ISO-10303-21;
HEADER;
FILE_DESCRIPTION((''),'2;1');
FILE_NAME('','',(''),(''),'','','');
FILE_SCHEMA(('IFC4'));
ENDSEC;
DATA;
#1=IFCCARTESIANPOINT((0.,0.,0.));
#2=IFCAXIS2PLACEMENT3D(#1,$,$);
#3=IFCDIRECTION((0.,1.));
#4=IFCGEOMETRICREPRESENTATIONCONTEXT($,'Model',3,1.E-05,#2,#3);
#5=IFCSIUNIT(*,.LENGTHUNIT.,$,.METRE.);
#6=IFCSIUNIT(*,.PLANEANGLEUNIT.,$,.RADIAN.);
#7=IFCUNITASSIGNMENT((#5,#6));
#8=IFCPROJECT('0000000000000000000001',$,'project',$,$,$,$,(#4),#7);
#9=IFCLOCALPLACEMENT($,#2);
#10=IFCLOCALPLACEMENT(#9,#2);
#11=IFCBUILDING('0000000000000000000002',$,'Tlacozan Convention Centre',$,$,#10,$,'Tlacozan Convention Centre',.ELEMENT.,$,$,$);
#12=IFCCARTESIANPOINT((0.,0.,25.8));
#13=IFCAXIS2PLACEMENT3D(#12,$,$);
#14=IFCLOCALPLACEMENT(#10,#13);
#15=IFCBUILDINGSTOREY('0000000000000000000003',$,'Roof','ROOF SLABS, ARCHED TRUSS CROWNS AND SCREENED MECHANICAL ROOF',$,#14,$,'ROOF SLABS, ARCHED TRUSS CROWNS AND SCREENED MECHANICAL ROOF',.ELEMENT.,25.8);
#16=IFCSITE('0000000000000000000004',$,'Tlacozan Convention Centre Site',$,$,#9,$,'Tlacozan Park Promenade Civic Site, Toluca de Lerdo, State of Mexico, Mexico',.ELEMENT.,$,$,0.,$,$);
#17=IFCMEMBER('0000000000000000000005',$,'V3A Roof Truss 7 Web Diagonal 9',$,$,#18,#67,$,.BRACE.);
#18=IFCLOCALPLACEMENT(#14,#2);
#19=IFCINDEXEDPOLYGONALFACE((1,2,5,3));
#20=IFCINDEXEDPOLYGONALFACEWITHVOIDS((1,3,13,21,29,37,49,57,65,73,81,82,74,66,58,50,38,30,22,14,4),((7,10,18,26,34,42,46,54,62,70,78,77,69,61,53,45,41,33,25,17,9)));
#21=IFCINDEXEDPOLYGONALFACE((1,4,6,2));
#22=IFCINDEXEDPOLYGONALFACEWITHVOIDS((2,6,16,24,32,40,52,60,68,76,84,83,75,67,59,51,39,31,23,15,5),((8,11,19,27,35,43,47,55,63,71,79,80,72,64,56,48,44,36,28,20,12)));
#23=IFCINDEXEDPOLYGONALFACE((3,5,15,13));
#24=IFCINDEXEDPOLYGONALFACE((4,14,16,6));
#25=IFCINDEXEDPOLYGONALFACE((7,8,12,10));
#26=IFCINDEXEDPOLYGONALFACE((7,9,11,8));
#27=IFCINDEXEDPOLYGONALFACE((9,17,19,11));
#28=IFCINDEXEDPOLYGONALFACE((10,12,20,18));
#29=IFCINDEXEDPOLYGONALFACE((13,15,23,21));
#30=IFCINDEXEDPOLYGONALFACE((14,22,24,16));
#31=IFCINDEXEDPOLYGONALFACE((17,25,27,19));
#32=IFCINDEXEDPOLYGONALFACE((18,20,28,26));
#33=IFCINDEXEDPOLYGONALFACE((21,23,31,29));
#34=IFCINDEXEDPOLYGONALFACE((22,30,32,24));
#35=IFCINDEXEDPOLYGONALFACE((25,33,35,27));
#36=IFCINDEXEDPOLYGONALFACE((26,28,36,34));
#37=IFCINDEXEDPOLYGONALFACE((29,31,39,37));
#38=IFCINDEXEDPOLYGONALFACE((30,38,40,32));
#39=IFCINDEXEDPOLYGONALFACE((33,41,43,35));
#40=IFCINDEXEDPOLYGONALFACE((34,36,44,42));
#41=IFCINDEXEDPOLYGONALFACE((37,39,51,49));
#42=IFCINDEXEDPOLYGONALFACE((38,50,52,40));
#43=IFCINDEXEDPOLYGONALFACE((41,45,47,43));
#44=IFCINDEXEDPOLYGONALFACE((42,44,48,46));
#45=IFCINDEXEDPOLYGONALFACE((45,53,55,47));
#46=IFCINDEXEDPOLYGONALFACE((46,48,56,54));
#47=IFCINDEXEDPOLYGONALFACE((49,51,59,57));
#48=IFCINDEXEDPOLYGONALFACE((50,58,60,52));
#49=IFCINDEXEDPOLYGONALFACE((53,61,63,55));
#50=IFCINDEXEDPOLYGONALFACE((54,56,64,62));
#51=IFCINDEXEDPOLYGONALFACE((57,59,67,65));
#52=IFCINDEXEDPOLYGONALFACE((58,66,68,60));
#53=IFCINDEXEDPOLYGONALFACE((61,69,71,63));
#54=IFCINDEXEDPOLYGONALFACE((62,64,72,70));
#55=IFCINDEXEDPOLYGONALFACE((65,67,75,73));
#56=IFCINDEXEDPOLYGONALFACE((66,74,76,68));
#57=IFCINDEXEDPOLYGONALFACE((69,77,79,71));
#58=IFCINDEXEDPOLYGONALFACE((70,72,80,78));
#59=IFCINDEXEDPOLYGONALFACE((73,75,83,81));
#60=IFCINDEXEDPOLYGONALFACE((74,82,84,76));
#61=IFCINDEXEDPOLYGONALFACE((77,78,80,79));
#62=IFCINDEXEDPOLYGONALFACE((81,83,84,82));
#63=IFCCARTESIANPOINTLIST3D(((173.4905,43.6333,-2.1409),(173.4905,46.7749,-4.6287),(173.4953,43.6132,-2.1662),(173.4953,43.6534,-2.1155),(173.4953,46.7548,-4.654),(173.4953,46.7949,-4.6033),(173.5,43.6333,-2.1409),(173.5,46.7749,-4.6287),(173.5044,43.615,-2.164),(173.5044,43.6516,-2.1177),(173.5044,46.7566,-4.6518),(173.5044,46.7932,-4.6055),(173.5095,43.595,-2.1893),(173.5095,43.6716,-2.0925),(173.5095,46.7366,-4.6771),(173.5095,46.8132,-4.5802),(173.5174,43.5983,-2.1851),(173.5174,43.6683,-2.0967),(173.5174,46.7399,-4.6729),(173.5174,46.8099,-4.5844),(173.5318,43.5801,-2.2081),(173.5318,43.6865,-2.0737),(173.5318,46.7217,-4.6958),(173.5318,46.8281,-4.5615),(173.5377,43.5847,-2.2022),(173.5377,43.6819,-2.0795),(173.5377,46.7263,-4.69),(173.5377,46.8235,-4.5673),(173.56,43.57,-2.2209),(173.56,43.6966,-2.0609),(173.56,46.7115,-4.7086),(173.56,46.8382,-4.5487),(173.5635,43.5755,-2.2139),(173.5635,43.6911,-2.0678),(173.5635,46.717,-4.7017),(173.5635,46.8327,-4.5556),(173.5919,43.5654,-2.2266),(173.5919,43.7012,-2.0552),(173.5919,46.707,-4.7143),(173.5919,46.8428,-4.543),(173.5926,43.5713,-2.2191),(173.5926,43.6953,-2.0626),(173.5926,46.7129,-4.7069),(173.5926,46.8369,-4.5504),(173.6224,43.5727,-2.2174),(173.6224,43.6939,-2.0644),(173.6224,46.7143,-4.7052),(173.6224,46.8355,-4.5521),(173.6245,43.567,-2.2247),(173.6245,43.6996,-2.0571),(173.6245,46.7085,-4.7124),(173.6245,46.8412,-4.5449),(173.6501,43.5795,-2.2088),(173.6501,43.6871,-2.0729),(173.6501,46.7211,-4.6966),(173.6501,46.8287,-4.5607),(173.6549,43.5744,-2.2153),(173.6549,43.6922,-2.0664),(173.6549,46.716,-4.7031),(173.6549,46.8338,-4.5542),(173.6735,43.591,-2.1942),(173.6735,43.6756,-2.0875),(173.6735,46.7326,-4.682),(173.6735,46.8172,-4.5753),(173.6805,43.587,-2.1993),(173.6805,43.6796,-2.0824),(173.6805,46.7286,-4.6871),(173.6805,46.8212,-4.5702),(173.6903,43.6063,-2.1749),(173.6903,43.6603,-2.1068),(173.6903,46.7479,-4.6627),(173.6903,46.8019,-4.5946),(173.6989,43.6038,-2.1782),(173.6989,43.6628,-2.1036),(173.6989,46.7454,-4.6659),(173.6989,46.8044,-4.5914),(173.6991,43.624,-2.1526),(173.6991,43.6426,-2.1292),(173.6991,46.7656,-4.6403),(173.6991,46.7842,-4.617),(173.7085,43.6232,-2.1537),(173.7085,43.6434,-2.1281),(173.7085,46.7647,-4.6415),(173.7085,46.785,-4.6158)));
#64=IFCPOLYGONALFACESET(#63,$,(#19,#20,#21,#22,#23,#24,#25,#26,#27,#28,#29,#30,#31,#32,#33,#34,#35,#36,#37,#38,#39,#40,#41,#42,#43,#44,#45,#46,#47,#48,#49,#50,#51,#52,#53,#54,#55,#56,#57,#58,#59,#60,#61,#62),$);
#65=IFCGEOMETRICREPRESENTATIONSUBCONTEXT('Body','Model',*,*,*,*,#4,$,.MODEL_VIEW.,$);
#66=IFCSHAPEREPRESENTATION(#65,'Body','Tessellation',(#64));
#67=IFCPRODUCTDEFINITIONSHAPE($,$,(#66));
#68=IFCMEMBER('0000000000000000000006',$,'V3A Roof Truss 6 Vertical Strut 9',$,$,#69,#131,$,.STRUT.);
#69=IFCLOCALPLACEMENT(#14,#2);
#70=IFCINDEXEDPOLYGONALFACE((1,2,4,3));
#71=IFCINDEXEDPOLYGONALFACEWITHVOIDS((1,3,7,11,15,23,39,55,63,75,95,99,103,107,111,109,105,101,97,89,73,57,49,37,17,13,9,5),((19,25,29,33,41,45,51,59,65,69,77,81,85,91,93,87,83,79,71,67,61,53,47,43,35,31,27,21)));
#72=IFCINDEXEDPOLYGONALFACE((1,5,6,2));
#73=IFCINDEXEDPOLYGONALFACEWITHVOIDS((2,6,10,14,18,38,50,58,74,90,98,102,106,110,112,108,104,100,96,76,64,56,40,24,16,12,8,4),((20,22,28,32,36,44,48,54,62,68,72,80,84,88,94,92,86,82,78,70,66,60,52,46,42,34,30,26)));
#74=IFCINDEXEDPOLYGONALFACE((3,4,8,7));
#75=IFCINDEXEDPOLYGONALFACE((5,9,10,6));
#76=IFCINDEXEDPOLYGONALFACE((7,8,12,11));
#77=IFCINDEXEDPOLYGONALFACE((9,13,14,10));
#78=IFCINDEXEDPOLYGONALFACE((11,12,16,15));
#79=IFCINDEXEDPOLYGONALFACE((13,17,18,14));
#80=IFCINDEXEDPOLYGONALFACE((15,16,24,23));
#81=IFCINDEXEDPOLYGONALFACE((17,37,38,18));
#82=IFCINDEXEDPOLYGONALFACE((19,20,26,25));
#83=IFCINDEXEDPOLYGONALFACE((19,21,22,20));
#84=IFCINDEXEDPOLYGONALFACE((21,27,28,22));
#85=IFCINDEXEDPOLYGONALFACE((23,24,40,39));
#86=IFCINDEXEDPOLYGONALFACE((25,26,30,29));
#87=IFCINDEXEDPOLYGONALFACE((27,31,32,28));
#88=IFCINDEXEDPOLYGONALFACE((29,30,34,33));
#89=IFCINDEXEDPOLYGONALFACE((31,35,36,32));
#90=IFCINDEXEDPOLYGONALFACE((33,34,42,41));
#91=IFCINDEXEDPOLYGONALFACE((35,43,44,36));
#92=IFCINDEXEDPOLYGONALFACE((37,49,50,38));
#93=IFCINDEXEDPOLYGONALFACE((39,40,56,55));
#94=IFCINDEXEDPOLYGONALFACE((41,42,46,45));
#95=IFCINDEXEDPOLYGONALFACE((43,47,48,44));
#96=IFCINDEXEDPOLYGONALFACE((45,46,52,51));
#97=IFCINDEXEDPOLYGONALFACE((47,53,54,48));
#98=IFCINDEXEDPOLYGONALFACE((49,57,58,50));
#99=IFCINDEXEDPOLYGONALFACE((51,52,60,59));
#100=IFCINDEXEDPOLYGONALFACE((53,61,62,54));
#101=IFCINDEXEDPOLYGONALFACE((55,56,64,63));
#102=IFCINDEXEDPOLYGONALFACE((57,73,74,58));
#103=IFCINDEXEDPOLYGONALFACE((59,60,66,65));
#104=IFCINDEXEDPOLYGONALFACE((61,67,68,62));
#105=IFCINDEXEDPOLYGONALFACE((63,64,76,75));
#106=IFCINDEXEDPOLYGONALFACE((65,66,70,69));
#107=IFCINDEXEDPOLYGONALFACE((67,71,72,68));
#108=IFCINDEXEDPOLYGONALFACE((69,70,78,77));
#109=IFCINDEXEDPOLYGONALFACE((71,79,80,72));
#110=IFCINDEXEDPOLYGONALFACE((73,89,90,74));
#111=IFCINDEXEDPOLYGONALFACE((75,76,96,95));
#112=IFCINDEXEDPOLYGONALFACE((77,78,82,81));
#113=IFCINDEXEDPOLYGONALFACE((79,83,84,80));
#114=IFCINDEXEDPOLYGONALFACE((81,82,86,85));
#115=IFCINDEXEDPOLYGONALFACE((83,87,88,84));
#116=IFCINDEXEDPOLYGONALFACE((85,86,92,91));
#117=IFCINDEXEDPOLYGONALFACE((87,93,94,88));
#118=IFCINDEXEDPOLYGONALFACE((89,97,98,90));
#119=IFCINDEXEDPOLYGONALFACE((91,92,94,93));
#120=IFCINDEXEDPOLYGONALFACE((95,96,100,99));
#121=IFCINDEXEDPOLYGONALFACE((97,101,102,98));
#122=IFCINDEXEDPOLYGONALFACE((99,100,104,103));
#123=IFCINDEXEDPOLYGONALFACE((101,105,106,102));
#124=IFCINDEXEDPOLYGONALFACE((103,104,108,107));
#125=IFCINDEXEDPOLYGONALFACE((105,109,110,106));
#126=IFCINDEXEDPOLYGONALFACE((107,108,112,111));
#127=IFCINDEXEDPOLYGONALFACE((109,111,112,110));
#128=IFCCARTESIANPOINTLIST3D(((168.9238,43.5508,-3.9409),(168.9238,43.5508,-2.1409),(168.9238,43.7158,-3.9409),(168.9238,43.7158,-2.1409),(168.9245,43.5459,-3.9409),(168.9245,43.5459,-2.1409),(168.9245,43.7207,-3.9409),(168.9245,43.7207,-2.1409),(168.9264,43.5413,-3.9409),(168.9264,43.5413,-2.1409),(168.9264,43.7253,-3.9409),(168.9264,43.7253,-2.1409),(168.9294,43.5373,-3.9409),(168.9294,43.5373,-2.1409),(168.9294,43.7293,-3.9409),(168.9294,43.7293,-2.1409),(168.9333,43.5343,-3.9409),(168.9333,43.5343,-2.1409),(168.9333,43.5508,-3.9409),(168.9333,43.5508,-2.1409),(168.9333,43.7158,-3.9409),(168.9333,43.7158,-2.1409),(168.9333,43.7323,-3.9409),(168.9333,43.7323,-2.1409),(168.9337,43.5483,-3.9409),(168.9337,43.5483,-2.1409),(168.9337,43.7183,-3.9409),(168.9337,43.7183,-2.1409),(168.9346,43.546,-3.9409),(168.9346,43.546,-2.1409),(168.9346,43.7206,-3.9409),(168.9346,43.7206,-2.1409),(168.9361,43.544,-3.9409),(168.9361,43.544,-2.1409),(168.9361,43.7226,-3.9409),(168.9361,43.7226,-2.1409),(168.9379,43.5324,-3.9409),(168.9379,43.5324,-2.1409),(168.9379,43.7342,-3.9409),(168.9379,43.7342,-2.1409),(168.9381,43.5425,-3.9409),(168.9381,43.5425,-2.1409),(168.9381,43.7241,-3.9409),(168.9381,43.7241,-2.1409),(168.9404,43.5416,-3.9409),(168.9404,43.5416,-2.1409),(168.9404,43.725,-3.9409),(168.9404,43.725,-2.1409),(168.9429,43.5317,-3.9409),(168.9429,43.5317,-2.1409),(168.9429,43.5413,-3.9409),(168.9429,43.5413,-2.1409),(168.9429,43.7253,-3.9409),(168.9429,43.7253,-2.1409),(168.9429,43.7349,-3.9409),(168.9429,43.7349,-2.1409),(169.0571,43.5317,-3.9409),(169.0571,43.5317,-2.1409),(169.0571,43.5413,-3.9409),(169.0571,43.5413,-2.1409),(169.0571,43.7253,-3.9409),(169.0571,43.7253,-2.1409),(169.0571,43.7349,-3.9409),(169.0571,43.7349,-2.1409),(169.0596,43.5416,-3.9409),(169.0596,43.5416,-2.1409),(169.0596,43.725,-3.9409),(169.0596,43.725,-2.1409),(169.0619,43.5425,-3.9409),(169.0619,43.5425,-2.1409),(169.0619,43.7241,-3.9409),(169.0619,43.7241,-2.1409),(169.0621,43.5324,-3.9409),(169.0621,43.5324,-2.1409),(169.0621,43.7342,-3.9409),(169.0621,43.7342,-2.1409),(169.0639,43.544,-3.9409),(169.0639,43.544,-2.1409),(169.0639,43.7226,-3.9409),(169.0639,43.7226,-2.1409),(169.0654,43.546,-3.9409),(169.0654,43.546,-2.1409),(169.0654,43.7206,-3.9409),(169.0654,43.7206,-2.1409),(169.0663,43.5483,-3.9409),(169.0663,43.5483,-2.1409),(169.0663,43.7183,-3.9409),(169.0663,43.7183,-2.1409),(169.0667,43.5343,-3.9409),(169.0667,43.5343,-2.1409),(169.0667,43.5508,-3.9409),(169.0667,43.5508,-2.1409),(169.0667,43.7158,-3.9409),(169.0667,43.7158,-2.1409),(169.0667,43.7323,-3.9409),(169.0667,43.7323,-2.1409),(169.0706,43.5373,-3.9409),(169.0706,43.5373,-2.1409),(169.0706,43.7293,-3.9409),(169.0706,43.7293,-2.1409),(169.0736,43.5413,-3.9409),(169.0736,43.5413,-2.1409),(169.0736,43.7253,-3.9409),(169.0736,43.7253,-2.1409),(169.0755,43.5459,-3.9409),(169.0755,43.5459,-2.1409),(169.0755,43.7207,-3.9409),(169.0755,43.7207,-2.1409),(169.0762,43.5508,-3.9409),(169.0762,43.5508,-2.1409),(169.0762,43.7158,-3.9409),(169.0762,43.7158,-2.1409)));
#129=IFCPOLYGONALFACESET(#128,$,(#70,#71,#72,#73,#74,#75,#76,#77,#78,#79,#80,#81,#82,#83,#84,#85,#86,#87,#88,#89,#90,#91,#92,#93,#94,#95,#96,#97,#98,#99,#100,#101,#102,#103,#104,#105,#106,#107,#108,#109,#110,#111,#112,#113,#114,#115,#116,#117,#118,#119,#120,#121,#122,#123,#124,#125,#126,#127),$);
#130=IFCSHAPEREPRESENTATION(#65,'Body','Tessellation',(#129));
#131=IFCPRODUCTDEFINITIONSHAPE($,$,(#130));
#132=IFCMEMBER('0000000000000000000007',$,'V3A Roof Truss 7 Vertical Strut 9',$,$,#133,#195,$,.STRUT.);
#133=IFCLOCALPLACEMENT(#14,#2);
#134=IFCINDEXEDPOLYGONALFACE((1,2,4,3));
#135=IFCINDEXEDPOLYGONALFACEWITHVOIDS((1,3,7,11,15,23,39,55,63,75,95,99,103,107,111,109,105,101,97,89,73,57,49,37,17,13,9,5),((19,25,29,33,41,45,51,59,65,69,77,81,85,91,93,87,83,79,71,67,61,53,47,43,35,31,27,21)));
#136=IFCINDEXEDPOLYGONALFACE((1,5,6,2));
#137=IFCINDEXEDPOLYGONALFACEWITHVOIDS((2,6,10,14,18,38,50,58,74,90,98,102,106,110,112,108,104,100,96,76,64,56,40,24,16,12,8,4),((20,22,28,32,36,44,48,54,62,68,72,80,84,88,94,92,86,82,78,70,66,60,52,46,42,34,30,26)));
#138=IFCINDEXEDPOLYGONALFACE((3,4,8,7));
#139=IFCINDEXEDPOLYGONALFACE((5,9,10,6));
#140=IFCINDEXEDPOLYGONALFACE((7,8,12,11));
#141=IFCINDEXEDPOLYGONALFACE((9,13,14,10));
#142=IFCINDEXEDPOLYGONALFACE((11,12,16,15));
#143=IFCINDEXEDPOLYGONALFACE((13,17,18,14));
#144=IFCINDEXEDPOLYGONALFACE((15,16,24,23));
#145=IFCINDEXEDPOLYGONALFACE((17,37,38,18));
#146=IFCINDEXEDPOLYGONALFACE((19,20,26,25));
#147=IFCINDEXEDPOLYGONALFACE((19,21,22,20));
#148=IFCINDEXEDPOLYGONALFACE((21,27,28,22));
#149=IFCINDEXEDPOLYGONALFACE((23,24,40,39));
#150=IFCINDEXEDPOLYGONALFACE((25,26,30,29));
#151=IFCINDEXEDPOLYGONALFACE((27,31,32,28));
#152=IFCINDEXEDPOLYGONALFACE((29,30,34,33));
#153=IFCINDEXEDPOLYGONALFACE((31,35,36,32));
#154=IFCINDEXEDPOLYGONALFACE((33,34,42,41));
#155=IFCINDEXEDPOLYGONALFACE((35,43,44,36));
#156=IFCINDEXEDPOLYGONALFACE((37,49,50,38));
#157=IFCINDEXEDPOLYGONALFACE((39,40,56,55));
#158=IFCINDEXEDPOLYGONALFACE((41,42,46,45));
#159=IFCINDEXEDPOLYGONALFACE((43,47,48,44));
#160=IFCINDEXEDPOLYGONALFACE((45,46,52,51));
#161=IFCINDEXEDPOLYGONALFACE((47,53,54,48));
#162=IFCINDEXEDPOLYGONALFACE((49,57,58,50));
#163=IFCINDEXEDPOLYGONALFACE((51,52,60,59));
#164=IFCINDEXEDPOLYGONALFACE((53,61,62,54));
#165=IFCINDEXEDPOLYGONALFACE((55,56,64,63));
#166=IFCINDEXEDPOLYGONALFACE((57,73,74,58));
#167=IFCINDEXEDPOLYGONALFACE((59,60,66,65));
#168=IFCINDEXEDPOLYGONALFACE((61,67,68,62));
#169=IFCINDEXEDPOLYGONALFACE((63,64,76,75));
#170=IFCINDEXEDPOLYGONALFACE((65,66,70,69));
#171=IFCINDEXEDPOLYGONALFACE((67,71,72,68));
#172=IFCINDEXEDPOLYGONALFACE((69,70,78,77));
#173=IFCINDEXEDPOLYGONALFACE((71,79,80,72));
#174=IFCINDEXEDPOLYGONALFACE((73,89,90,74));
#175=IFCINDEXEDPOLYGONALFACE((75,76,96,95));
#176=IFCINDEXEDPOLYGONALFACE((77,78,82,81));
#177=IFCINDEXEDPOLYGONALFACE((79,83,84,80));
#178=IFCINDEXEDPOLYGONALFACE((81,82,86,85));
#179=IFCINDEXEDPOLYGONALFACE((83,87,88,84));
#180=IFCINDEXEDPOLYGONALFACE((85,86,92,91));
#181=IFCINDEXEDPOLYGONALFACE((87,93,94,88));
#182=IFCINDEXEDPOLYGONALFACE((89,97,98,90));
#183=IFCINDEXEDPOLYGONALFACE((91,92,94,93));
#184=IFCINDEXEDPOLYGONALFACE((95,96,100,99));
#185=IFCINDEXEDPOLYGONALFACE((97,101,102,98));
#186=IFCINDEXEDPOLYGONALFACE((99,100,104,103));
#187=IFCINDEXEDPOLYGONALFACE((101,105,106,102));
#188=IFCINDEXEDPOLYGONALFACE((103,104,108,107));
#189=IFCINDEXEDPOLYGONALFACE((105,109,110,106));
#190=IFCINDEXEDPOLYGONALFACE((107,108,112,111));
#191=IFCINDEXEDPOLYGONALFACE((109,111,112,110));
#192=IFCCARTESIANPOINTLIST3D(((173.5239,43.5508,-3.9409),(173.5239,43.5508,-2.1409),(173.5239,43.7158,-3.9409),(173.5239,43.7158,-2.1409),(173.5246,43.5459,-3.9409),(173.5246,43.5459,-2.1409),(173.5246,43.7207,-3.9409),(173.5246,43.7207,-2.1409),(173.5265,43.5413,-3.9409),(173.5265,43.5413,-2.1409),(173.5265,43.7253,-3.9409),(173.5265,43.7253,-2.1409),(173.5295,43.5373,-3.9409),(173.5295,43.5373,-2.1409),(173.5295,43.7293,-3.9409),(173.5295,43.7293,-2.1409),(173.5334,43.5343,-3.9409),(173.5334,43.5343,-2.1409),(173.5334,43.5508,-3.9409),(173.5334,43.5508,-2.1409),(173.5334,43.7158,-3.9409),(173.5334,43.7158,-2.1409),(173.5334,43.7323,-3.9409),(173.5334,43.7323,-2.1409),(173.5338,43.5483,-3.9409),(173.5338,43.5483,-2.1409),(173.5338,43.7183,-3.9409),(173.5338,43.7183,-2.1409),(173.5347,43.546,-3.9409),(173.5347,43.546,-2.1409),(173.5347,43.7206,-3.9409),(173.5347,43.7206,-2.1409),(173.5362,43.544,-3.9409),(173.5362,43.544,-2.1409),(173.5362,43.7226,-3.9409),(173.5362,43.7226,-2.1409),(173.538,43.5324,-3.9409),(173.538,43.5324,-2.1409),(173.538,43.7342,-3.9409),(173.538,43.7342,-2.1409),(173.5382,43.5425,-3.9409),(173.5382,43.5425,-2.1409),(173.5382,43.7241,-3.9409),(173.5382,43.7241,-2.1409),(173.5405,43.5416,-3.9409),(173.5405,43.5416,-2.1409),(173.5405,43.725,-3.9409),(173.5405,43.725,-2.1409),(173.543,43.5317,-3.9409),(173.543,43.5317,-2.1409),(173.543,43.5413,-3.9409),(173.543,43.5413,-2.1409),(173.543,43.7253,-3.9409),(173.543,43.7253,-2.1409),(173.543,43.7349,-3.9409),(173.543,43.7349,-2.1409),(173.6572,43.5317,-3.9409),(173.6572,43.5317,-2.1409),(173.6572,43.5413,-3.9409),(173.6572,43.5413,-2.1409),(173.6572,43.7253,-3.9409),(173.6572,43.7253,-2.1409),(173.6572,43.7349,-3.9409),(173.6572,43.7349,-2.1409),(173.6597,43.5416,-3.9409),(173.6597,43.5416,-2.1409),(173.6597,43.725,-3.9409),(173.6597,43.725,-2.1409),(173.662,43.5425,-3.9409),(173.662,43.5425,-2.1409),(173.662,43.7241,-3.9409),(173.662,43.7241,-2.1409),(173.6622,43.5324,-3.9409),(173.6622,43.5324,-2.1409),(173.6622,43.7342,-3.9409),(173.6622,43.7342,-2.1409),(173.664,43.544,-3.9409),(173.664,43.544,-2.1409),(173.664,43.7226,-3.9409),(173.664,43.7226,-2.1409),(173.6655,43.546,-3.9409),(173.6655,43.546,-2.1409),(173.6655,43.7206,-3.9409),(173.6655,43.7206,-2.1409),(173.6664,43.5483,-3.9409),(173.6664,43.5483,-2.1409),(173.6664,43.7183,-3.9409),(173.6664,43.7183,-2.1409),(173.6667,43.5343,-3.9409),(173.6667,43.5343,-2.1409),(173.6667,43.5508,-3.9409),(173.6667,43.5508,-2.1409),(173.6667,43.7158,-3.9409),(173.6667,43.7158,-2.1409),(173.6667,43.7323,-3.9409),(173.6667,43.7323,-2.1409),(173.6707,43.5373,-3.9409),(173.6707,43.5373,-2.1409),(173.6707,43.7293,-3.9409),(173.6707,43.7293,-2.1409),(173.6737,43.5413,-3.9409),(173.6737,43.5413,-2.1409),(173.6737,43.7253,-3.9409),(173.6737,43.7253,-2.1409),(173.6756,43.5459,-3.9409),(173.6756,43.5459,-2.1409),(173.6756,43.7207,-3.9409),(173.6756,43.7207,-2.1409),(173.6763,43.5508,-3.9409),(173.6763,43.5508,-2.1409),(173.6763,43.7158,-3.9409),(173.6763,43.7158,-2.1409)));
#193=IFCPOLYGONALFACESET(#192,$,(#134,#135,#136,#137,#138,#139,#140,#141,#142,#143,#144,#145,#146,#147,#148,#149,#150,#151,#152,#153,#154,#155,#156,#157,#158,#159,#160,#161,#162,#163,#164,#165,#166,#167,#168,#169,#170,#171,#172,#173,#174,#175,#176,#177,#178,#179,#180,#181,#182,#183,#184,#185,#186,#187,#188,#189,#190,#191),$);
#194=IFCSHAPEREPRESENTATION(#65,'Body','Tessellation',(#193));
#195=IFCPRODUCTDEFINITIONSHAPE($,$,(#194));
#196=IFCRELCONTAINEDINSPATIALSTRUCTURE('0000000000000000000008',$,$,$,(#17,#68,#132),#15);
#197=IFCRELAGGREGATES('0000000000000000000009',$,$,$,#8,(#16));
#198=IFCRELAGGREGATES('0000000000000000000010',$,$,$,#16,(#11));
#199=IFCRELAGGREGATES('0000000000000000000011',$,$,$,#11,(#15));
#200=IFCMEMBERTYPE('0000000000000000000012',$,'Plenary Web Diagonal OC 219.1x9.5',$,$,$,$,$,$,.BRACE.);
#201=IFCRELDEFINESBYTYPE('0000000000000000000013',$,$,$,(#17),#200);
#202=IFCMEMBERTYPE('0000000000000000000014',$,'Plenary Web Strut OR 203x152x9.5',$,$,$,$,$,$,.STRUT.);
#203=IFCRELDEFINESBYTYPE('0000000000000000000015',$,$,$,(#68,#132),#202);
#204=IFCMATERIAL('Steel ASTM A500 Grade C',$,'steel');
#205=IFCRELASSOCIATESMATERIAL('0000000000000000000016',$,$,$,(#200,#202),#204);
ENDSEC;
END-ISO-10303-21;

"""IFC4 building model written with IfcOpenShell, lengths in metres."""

from ifc_helpers import new_model, si_unit, direction, frame, origin, origin_2d, place, context, subcontext, project, spatial, hollow_rectangle, hollow_circle, extrude, material, material_profile, profile_set, type_object, element, save


model = new_model("IFC4")

# Units and contexts
model_context = context("Model", 3, precision=1e-05, world=origin(), true_north=direction((0.0, 1.0)))
body_context = subcontext(model_context, "Body", "Model", "MODEL_VIEW")
ifc_project = project(units=[si_unit("LENGTHUNIT", "METRE"), si_unit("PLANEANGLEUNIT", "RADIAN")], contexts=[model_context])

# Site, building, storey
site_placement = place(None, origin())
site = spatial("IfcSite", under=ifc_project, at=site_placement, Name="Tlacozan Convention Centre Site", LongName="Tlacozan Park Promenade Civic Site, Toluca de Lerdo, State of Mexico, Mexico", CompositionType="ELEMENT", RefElevation=0.0)
building_placement = place(site_placement, origin())
building = spatial("IfcBuilding", under=site, at=building_placement, Name="Tlacozan Convention Centre", LongName="Tlacozan Convention Centre", CompositionType="ELEMENT")
storey_placement = place(building_placement, frame((0.0, 0.0, 25.8)))
storey = spatial("IfcBuildingStorey", under=building, at=storey_placement, Name="Roof", Description="ROOF SLABS, ARCHED TRUSS CROWNS AND SCREENED MECHANICAL ROOF", LongName="ROOF SLABS, ARCHED TRUSS CROWNS AND SCREENED MECHANICAL ROOF", CompositionType="ELEMENT", Elevation=25.8)

# Members
ifc_material_1 = material(Name="Steel ASTM A500 Grade C", Category="steel")
ifc_material_profile_1 = material_profile(ifc_material_1, hollow_circle(Radius=0.1096, WallThickness=0.0095, at=origin_2d()), Name="OC 219.1x9.5")
ifc_profile_set_1 = profile_set([ifc_material_profile_1], Name="Steel ASTM A500 Grade C")
member_type_1 = type_object("IfcMemberType", Name="Plenary Web Diagonal OC 219.1x9.5", PredefinedType="BRACE", material=ifc_profile_set_1)
member_1_placement = place(storey_placement, frame((173.6001, 43.6333, -2.1409), z_axis=(0.0, 0.783962, -0.620809), x_axis=(-1.0, 0.0, 0.0)))
element("IfcMember", 1, at=member_1_placement, inside=storey, type_object=member_type_1, Name="V3A Roof Truss 7 Web Diagonal 9", PredefinedType="BRACE", context=body_context, shape_type="SweptSolid", body=[
    extrude(hollow_circle(Radius=0.1096, WallThickness=0.0095, at=origin_2d()), origin(), (0.0, 0.0, 1.0), 4.0073),
])
ifc_material_profile_2 = material_profile(ifc_material_1, hollow_rectangle(XDim=0.1523, YDim=0.2031, WallThickness=0.0095, InnerFilletRadius=0.0095, OuterFilletRadius=0.019, at=origin_2d()), Name="OR 203x152x9.5")
ifc_profile_set_2 = profile_set([ifc_material_profile_2], Name="Steel ASTM A500 Grade C")
member_type_2 = type_object("IfcMemberType", Name="Plenary Web Strut OR 203x152x9.5", PredefinedType="STRUT", material=ifc_profile_set_2)
for number, where, z_axis, x_axis, name in (
    (2, (169.0, 43.6333, -3.9409), (0.0, 0.0, 1.0), (1.0, 0.0, 0.0), "V3A Roof Truss 6 Vertical Strut 9"),
    (3, (173.6001, 43.6333, -3.9409), (0.0, 0.0, 1.0), (1.0, 0.0, 0.0), "V3A Roof Truss 7 Vertical Strut 9"),
):
    element("IfcMember", number, at=place(storey_placement, frame(where, z_axis=z_axis, x_axis=x_axis)), inside=storey, type_object=member_type_2, Name=name, PredefinedType="STRUT", context=body_context, shape_type="SweptSolid", body=[
        extrude(hollow_rectangle(XDim=0.1523, YDim=0.2031, WallThickness=0.0095, InnerFilletRadius=0.0095, OuterFilletRadius=0.019, at=origin_2d()), origin(), (0.0, 0.0, 1.0), 1.8),
    ])

save(model, "model.ifc")
